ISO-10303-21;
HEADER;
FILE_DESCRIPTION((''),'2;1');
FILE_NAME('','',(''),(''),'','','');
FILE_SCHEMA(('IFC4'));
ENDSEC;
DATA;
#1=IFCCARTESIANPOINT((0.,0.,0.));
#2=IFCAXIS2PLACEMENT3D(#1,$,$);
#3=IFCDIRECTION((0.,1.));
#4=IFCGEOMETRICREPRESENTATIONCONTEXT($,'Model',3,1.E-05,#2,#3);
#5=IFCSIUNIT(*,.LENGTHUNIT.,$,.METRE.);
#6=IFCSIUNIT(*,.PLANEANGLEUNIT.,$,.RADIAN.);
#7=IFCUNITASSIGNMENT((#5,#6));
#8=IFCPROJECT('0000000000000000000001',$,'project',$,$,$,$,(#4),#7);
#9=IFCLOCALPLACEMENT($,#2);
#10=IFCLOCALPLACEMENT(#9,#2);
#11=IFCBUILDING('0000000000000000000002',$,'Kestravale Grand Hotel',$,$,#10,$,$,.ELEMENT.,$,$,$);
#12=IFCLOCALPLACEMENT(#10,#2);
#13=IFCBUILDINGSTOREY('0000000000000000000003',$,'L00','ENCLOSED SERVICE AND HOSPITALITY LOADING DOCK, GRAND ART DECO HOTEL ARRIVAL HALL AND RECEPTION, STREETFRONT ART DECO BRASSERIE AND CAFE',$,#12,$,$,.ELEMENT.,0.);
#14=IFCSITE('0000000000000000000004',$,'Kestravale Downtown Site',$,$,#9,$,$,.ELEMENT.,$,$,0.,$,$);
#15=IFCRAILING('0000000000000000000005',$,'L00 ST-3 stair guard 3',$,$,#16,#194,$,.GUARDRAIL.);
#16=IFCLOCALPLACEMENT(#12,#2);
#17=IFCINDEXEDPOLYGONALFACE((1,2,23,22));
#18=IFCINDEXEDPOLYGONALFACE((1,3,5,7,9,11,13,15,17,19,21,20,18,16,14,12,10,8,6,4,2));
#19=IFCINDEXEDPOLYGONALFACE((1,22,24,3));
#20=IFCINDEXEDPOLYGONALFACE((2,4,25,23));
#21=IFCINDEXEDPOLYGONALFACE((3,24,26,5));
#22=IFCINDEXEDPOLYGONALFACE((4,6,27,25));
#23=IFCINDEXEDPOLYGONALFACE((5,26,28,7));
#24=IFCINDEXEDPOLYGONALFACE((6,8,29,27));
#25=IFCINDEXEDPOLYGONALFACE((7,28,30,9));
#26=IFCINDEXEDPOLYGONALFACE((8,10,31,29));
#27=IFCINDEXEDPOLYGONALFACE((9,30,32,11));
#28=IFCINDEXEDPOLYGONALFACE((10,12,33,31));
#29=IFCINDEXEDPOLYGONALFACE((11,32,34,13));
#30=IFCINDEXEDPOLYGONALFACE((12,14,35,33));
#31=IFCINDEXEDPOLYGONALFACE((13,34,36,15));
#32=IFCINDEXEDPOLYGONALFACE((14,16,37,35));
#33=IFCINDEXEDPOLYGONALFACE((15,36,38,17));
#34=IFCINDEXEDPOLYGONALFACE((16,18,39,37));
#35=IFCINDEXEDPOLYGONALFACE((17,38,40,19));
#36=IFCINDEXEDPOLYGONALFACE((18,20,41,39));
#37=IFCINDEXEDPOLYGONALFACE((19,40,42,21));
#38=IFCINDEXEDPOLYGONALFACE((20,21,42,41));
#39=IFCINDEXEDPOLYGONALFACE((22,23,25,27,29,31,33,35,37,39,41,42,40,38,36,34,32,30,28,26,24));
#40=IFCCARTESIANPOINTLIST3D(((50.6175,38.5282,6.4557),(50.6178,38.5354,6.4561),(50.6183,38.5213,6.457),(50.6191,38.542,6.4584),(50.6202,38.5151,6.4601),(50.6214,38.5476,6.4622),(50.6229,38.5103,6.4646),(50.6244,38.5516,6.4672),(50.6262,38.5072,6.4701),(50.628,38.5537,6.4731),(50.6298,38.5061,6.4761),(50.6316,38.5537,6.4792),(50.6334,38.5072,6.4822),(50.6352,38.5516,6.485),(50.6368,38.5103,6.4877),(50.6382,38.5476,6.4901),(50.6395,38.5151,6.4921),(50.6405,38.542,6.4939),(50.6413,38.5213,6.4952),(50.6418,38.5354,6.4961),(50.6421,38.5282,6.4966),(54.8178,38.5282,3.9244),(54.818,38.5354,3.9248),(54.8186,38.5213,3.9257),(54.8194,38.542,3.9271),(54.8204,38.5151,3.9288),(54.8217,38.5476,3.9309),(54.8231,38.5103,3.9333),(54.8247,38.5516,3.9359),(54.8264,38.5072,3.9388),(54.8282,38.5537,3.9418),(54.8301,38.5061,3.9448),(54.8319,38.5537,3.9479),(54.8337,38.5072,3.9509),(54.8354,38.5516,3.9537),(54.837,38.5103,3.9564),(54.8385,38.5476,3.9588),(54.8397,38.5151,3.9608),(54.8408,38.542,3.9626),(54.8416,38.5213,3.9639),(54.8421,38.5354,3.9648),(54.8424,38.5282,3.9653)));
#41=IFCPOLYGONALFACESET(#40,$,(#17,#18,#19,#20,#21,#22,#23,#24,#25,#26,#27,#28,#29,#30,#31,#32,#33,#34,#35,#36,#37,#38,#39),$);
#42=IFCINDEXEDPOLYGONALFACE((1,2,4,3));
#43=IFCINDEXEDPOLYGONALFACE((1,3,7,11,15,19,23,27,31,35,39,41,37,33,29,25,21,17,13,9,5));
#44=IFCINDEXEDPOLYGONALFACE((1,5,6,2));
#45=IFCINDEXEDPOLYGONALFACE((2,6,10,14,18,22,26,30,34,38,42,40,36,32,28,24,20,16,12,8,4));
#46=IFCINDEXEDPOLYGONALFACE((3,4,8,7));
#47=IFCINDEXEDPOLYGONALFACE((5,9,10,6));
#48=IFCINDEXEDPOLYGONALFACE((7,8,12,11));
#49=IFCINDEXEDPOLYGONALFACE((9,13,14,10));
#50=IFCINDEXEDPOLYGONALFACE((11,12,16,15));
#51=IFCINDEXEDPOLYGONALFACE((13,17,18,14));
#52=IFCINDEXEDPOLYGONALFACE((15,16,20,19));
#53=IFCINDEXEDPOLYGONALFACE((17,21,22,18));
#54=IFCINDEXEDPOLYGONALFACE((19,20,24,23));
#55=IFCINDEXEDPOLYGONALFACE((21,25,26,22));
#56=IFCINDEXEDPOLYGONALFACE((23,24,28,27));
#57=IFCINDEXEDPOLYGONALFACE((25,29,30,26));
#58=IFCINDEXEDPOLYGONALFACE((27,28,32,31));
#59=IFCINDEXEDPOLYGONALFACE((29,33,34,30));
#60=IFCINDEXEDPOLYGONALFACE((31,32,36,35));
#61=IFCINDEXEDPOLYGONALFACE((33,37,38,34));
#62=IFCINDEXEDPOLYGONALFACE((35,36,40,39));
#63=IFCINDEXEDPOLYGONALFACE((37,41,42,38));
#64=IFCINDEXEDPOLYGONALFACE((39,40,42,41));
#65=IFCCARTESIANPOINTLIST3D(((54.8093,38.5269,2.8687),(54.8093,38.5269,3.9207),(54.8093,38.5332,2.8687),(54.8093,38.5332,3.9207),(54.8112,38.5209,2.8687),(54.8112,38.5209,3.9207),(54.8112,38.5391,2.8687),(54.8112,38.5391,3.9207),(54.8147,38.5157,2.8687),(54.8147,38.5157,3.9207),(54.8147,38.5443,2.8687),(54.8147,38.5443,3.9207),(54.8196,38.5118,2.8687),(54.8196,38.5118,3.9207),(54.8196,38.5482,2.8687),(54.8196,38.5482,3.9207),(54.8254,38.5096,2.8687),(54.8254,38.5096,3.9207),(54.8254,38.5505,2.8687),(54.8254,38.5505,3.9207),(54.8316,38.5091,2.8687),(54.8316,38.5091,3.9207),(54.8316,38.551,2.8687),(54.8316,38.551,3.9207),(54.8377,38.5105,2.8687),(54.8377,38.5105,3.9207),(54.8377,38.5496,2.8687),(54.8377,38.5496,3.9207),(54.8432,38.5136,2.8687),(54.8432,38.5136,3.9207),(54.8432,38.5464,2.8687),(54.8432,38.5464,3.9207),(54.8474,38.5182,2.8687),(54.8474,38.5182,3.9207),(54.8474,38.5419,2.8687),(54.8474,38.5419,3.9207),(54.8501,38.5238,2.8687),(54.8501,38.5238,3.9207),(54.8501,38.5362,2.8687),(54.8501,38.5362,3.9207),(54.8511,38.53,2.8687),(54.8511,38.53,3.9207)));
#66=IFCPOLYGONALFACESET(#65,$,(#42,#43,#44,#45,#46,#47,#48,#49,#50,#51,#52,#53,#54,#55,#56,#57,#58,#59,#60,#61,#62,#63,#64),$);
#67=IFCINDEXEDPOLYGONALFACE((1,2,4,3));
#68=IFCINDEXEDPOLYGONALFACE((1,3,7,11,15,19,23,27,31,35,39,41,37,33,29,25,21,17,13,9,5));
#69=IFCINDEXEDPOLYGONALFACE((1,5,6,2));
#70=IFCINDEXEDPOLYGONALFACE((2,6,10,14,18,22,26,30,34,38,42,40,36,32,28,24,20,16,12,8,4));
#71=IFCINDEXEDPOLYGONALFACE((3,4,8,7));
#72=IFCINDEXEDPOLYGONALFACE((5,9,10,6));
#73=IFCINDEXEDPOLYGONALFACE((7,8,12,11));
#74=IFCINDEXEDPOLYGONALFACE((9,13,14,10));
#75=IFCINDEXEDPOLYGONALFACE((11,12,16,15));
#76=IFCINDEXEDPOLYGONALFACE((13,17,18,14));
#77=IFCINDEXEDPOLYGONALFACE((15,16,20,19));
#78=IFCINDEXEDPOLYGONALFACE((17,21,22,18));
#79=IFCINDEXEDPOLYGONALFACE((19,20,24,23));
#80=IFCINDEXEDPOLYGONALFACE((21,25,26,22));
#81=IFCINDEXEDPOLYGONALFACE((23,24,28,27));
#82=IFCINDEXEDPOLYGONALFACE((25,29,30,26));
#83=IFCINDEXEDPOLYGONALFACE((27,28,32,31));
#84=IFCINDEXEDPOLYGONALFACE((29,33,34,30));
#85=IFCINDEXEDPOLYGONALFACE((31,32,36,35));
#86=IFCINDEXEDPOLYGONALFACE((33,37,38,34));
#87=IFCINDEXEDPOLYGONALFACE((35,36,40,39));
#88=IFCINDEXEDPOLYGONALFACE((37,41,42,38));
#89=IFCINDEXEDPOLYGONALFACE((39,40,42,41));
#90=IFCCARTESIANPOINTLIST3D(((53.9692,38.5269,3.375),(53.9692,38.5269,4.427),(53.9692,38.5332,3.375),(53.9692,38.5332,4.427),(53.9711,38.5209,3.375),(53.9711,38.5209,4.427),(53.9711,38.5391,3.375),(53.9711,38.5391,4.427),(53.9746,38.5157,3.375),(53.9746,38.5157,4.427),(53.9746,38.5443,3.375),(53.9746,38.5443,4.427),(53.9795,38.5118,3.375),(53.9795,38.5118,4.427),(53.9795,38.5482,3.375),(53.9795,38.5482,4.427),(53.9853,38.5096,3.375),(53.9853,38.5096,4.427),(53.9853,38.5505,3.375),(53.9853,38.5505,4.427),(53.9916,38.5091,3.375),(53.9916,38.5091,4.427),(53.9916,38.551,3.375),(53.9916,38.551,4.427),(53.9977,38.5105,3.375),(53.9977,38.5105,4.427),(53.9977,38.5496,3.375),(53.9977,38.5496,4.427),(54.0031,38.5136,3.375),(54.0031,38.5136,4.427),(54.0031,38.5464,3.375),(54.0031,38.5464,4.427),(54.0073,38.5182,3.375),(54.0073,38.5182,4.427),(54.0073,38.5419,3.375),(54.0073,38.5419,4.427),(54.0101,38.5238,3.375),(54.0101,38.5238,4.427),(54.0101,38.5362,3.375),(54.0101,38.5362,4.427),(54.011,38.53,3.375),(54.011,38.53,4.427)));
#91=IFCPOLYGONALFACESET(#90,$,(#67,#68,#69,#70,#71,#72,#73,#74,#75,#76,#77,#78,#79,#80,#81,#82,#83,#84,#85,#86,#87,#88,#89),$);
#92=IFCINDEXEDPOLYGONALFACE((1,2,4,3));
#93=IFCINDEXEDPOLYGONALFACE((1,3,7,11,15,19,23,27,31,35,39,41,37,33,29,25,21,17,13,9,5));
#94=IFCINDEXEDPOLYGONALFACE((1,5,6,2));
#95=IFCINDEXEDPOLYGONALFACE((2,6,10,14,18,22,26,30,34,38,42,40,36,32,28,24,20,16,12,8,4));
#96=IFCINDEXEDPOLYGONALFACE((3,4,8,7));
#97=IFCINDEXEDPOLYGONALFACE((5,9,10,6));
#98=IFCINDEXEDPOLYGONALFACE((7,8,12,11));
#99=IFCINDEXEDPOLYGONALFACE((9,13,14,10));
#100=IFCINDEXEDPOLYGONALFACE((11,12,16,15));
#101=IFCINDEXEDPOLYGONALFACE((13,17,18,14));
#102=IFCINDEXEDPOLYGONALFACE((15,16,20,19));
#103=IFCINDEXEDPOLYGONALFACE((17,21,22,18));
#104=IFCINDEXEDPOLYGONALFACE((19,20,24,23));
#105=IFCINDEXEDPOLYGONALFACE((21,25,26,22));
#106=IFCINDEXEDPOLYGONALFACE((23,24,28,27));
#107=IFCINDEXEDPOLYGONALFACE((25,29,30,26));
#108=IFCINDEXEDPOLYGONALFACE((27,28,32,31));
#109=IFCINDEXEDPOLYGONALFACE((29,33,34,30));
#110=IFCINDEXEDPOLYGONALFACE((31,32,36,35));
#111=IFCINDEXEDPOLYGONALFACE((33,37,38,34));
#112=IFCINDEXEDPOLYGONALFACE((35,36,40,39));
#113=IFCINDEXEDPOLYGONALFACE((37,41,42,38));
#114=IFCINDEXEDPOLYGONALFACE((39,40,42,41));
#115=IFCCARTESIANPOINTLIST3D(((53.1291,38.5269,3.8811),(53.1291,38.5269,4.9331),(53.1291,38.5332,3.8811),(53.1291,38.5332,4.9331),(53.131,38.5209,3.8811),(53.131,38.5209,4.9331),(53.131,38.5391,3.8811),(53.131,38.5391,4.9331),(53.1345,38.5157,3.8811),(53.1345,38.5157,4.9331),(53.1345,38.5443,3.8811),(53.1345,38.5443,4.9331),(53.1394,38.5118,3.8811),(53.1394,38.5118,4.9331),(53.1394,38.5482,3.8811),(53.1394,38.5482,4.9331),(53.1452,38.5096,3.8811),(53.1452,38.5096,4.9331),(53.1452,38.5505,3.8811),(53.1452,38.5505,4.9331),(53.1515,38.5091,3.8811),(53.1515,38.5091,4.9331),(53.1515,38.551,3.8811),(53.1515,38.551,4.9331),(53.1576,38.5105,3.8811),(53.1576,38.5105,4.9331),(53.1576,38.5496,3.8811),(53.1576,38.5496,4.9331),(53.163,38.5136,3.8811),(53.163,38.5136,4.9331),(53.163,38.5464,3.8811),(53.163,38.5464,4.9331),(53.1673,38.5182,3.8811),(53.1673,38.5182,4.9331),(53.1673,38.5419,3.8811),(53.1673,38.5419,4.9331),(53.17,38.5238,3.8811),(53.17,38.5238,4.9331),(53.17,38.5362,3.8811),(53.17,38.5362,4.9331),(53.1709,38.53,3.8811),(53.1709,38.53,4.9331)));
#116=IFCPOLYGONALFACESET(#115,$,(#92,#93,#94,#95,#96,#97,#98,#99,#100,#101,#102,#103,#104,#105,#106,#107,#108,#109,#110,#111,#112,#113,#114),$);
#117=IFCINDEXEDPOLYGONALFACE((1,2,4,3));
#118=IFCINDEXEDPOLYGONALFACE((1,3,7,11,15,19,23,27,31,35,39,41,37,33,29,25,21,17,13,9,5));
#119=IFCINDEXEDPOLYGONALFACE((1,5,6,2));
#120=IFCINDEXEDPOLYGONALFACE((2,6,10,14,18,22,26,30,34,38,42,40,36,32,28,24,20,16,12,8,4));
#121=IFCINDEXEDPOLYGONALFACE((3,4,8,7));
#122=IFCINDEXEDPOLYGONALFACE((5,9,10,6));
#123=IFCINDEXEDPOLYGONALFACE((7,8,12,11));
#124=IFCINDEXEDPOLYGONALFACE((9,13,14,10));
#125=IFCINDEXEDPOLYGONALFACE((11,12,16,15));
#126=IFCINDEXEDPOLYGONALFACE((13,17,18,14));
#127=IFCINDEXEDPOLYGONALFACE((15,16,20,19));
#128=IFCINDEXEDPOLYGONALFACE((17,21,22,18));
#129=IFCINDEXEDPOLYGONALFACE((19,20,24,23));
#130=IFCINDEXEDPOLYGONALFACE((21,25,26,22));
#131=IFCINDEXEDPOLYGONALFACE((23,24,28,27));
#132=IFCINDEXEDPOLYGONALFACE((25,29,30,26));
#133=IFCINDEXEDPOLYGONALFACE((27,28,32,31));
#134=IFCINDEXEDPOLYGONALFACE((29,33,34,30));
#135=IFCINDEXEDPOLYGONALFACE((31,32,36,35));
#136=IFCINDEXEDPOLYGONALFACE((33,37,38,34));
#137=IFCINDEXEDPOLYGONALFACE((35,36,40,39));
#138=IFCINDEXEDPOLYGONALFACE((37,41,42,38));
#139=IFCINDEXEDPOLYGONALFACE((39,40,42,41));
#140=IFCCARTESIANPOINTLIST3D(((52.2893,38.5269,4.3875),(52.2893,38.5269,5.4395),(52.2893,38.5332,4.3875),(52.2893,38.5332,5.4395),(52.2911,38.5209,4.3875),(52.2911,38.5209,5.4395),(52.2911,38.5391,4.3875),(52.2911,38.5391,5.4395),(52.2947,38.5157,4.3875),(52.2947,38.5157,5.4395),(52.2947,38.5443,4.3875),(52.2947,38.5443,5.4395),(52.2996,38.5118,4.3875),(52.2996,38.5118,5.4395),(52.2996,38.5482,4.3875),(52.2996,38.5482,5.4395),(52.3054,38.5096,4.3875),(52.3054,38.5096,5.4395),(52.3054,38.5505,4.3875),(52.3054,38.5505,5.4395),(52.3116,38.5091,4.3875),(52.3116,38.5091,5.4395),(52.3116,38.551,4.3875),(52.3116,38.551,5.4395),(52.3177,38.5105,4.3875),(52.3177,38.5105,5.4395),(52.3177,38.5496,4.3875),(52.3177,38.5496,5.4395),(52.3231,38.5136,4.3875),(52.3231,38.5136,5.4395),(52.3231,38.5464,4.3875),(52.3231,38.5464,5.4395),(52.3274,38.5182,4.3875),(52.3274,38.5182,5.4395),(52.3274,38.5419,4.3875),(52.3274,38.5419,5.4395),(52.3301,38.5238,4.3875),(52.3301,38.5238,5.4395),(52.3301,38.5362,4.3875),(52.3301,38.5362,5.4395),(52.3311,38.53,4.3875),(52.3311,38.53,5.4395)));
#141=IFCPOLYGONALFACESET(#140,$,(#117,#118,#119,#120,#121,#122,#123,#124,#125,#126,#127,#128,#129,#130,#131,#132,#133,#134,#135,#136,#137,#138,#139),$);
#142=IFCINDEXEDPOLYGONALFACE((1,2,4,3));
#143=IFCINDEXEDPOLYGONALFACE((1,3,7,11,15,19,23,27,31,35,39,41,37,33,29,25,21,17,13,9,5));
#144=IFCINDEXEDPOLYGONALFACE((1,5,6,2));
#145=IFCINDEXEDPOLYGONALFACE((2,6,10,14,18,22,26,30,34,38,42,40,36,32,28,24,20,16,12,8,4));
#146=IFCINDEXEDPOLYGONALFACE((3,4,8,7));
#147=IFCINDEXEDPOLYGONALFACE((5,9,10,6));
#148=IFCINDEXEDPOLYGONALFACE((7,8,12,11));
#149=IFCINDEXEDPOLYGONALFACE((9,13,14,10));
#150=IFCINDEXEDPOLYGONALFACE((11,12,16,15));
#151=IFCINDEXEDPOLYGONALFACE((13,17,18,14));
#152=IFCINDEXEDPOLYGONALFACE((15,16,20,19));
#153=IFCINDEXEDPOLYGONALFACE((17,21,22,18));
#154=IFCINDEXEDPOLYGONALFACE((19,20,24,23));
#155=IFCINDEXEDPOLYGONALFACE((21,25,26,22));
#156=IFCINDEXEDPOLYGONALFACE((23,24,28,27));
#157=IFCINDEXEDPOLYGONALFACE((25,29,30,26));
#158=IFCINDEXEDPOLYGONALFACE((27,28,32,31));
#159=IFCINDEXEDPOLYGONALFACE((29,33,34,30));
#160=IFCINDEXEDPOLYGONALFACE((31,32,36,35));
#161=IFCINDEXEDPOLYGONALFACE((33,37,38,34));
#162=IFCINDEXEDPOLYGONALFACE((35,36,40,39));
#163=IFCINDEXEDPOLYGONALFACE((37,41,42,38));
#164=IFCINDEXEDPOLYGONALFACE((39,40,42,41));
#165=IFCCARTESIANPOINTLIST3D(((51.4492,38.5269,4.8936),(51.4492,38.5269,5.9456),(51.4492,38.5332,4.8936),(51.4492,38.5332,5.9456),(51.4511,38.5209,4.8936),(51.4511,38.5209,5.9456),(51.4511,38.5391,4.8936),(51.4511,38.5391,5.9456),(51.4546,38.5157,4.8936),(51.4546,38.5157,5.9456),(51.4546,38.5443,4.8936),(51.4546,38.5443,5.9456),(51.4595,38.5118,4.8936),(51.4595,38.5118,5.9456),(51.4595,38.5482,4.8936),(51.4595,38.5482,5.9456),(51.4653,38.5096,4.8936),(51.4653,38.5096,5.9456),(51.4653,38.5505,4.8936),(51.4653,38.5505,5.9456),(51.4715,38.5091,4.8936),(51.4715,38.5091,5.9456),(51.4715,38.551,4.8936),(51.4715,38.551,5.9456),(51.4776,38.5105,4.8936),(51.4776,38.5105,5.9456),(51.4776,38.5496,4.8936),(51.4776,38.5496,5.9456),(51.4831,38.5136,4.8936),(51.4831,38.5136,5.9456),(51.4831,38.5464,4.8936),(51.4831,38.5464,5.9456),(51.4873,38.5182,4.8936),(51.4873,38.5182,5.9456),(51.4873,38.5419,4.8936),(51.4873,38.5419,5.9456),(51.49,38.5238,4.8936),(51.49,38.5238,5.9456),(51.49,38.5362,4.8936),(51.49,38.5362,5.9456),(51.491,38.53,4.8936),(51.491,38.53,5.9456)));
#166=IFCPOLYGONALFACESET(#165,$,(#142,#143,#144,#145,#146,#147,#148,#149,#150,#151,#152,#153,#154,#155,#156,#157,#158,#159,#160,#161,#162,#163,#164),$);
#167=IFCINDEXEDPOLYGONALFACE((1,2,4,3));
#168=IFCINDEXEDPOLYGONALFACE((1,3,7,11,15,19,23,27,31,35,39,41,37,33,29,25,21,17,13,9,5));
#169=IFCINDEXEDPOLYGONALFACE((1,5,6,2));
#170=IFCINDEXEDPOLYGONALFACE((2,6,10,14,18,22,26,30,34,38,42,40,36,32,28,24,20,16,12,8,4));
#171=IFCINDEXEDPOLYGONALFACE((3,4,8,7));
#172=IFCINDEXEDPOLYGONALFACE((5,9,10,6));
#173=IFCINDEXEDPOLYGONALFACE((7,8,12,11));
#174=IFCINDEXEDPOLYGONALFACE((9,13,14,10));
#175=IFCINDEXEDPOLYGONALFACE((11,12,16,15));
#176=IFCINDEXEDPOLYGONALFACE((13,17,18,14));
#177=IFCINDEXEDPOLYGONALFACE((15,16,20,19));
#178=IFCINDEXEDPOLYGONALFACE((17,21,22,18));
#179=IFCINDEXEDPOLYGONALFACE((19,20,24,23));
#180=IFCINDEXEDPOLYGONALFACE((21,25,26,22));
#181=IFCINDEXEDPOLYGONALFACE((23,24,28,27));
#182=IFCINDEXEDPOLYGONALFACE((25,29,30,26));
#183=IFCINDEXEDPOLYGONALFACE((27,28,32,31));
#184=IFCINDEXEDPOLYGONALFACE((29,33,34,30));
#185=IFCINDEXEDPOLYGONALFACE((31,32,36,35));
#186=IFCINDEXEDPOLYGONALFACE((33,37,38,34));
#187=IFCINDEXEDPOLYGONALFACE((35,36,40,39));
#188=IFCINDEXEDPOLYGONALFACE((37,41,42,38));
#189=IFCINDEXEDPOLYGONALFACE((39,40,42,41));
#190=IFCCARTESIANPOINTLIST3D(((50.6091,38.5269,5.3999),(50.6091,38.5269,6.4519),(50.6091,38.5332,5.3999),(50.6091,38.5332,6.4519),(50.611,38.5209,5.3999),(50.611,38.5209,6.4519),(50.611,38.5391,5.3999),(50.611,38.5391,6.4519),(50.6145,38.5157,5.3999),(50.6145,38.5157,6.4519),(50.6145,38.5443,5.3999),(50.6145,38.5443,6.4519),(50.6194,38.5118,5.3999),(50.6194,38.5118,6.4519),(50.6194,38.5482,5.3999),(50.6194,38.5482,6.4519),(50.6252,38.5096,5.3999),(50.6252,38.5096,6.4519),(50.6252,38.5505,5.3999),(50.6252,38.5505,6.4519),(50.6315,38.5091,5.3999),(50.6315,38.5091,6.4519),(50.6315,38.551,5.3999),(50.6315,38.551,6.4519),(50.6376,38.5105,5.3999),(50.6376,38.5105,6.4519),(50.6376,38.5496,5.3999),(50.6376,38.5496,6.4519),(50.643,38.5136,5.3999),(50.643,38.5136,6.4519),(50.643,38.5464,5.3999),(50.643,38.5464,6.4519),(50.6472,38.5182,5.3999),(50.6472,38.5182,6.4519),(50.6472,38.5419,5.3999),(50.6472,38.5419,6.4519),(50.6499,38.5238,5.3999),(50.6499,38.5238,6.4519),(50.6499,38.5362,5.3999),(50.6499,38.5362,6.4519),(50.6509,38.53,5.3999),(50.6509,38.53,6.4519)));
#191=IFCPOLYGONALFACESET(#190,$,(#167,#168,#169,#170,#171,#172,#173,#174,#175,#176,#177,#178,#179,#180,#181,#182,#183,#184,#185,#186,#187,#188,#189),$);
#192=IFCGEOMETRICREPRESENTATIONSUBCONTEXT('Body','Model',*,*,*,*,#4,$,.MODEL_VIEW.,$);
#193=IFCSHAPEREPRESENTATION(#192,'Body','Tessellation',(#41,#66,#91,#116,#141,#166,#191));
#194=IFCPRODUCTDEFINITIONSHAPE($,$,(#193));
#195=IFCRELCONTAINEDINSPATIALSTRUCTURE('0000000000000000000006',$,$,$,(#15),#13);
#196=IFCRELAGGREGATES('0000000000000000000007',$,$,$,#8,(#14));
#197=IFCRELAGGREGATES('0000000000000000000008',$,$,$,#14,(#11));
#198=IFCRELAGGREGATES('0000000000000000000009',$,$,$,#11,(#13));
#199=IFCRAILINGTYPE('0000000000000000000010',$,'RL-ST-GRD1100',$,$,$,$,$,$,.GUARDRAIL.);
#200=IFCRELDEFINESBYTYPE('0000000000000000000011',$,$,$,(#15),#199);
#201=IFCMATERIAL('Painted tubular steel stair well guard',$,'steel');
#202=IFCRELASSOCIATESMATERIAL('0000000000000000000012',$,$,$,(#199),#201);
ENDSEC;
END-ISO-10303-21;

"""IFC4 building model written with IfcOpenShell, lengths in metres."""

from ifc_helpers import new_model, si_unit, direction, frame, origin, origin_2d, place, context, subcontext, project, spatial, circle, extrude, material, type_object, element, save


model = new_model("IFC4")

# Units and contexts
model_context = context("Model", 3, precision=1e-05, world=origin(), true_north=direction((0.0, 1.0)))
body_context = subcontext(model_context, "Body", "Model", "MODEL_VIEW")
ifc_project = project(units=[si_unit("LENGTHUNIT", "METRE"), si_unit("PLANEANGLEUNIT", "RADIAN")], contexts=[model_context])

# Site, building, storey
site_placement = place(None, origin())
site = spatial("IfcSite", under=ifc_project, at=site_placement, Name="Kestravale Downtown Site", CompositionType="ELEMENT", RefElevation=0.0)
building_placement = place(site_placement, origin())
building = spatial("IfcBuilding", under=site, at=building_placement, Name="Kestravale Grand Hotel", CompositionType="ELEMENT")
storey_placement = place(building_placement, origin())
storey = spatial("IfcBuildingStorey", under=building, at=storey_placement, Name="L00", Description="ENCLOSED SERVICE AND HOSPITALITY LOADING DOCK, GRAND ART DECO HOTEL ARRIVAL HALL AND RECEPTION, STREETFRONT ART DECO BRASSERIE AND CAFE", CompositionType="ELEMENT", Elevation=0.0)

# Railing
ifc_material_1 = material(Name="Painted tubular steel stair well guard", Category="steel")
railing_type_1 = type_object("IfcRailingType", Name="RL-ST-GRD1100", PredefinedType="GUARDRAIL", material=ifc_material_1)
railing_1_placement = place(storey_placement, frame((54.8301, 38.53, 2.8687)))
element("IfcRailing", 1, at=railing_1_placement, inside=storey, type_object=railing_type_1, Name="L00 ST-3 stair guard 3", PredefinedType="GUARDRAIL", context=body_context, shape_type="SweptSolid", body=[
    extrude(circle(Radius=0.0239, at=origin_2d()), frame((0.0, 0.0, 1.0762), z_axis=(-0.85649, 0.0, 0.516164), x_axis=(0.0, -1.0, 0.0)), (0.0, 0.0, 1.0), 4.9041),
    extrude(circle(Radius=0.021, at=origin_2d()), origin(), (0.0, 0.0, 1.0), 1.052),
    extrude(circle(Radius=0.021, at=origin_2d()), frame((-0.8401, 0.0, 0.5063)), (0.0, 0.0, 1.0), 1.052),
    extrude(circle(Radius=0.021, at=origin_2d()), frame((-1.6802, 0.0, 1.0125)), (0.0, 0.0, 1.0), 1.052),
    extrude(circle(Radius=0.021, at=origin_2d()), frame((-2.52, 0.0, 1.5188)), (0.0, 0.0, 1.0), 1.052),
    extrude(circle(Radius=0.021, at=origin_2d()), frame((-3.3601, 0.0, 2.0249)), (0.0, 0.0, 1.0), 1.052),
    extrude(circle(Radius=0.021, at=origin_2d()), frame((-4.2002, 0.0, 2.5312)), (0.0, 0.0, 1.0), 1.052),
])

save(model, "model.ifc")
